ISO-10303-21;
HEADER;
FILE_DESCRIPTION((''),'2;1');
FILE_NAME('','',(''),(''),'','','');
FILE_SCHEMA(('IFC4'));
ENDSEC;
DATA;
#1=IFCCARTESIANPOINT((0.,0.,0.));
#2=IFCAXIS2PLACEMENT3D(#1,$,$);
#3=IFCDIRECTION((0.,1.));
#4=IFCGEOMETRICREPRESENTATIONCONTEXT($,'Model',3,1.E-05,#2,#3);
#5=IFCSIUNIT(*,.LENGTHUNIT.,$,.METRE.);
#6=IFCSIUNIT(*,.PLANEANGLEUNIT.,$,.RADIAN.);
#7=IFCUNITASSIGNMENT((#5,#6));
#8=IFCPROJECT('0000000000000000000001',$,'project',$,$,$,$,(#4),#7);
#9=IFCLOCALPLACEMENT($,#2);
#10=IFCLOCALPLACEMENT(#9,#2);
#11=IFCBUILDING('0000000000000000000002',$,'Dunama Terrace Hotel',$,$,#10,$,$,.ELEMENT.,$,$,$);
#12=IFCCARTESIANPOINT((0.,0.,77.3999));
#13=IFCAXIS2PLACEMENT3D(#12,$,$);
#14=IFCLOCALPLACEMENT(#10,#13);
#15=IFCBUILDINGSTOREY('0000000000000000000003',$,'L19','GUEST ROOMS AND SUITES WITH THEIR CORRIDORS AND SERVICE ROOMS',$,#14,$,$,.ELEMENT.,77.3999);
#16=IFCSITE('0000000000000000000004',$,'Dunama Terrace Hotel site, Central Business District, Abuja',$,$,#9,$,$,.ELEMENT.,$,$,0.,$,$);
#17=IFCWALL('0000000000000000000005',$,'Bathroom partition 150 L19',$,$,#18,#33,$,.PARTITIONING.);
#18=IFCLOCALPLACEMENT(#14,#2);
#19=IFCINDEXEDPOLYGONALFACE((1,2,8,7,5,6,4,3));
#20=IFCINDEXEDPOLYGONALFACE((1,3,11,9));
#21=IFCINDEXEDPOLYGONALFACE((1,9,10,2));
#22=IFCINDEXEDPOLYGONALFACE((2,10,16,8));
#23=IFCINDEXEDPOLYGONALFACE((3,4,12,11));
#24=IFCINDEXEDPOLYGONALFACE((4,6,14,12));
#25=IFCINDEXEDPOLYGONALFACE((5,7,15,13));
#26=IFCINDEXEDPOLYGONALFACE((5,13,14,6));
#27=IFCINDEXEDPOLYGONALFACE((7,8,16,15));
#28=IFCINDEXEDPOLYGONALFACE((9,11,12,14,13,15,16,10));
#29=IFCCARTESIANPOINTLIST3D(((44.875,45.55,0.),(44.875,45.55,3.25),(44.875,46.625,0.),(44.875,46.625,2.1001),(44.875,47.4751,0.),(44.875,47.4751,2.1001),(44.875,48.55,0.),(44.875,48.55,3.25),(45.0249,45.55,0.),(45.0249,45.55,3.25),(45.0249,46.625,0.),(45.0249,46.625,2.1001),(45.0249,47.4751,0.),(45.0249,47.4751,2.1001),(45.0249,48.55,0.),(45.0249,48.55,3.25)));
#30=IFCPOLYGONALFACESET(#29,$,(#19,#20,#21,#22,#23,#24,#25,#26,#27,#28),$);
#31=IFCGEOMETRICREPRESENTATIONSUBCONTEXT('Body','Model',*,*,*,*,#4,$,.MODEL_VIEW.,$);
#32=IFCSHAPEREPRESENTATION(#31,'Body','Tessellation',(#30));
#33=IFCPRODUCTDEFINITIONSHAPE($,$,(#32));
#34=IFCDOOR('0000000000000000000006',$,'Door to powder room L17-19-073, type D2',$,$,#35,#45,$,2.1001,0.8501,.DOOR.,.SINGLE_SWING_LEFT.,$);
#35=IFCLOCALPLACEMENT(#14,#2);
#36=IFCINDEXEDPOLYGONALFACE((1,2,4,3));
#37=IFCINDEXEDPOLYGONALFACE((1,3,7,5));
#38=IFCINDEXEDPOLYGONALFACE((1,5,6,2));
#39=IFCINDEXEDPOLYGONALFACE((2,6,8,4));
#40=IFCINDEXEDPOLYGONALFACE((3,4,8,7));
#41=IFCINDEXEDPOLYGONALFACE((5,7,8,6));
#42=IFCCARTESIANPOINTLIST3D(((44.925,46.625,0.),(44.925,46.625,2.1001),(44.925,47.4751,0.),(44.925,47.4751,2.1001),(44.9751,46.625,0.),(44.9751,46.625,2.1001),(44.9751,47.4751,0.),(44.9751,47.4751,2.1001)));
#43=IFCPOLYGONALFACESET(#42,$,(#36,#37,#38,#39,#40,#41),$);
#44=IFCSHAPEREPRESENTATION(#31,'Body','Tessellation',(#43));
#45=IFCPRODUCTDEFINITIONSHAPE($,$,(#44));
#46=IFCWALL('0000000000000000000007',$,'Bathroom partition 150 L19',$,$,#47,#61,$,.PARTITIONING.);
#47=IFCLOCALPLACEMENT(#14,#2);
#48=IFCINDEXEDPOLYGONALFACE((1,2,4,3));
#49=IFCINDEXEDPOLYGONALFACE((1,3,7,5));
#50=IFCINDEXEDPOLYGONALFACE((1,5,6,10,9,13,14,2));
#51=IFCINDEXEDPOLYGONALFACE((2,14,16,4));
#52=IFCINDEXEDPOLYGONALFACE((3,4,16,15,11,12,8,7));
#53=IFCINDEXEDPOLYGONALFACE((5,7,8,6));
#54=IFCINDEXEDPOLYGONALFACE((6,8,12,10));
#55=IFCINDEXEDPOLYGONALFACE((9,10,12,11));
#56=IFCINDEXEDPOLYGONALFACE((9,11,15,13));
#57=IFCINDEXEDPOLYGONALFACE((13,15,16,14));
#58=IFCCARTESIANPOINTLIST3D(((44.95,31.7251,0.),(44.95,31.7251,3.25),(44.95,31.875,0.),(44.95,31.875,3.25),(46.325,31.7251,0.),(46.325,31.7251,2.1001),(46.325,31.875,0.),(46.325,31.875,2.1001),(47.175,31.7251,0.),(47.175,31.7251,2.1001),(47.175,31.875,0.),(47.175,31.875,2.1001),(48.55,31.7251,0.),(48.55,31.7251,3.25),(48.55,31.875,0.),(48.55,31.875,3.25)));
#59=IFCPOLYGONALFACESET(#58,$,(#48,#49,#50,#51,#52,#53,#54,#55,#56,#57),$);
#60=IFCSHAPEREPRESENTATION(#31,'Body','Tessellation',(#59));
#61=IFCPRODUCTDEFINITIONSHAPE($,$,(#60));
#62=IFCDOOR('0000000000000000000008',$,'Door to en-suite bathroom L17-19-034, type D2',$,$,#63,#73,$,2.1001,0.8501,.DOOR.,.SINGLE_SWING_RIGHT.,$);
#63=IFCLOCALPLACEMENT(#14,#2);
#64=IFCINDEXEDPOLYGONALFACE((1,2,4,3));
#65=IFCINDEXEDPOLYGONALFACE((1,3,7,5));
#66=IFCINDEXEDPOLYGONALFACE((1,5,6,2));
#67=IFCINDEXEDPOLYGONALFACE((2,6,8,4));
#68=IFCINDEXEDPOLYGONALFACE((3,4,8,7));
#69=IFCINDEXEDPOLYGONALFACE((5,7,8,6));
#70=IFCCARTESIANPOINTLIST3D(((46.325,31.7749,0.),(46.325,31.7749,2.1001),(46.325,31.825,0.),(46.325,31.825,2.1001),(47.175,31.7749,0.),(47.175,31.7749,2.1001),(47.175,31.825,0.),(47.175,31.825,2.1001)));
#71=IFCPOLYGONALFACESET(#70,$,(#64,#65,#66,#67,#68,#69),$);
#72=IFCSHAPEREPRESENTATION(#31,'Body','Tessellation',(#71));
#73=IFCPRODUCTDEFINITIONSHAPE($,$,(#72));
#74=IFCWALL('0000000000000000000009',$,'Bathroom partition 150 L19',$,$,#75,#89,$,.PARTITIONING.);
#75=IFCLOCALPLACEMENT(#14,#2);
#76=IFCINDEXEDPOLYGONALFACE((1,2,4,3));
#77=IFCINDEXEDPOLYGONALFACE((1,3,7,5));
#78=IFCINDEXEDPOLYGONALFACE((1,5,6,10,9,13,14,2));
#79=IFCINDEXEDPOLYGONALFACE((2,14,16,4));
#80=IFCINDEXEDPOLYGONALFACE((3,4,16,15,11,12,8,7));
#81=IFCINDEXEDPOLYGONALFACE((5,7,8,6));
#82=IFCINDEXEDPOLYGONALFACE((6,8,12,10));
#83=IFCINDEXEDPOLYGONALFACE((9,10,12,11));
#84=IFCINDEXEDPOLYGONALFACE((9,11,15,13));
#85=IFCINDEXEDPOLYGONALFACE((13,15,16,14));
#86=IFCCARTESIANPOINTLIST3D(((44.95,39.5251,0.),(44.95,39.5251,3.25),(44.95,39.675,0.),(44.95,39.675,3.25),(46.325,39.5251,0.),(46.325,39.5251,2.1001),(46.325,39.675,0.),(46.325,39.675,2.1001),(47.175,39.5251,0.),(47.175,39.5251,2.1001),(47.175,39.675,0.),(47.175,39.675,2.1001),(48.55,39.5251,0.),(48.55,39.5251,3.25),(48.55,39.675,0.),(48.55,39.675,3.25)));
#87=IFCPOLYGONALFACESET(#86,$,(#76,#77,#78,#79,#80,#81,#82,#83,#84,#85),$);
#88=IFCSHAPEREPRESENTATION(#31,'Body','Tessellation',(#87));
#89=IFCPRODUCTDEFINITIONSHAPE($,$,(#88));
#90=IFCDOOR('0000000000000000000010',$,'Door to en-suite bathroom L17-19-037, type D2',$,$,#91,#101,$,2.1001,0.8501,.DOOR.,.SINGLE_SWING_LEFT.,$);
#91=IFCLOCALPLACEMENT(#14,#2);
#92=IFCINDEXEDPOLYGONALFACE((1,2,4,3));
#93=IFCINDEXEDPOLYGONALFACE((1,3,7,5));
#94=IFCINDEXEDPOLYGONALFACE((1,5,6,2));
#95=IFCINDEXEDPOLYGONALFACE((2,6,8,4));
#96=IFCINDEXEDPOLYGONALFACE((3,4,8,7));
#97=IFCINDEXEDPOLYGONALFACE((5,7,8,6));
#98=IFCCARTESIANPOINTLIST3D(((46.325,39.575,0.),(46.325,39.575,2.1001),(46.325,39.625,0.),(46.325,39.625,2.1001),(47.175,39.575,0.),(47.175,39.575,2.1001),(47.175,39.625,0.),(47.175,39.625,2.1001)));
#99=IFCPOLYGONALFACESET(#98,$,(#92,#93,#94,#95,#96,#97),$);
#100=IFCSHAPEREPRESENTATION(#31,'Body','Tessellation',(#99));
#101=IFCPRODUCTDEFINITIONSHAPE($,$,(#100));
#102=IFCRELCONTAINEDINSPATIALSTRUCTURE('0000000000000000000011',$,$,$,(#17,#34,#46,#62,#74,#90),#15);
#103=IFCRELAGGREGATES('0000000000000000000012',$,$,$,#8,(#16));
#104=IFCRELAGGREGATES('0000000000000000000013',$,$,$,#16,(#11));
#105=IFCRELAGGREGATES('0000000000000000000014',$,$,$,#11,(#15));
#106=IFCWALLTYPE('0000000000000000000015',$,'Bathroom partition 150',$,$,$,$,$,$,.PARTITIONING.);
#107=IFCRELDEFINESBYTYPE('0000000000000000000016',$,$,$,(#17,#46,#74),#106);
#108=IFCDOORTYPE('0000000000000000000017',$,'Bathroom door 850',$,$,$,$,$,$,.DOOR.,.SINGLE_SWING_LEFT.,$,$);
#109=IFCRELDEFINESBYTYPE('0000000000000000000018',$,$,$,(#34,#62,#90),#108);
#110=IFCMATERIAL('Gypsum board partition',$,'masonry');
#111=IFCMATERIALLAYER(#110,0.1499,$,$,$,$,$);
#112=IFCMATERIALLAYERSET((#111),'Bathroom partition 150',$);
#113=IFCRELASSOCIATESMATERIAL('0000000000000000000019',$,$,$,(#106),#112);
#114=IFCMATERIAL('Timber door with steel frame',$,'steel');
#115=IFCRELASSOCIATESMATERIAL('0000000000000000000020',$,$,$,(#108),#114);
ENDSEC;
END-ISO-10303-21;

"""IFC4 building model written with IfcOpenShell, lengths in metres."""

from ifc_helpers import new_model, si_unit, direction, frame, frame_2d, origin, place, context, subcontext, project, spatial, rectangle, extrude, material, layer, layer_set, type_object, element, fill, save


model = new_model("IFC4")

# Units and contexts
model_context = context("Model", 3, precision=1e-05, world=origin(), true_north=direction((0.0, 1.0)))
body_context = subcontext(model_context, "Body", "Model", "MODEL_VIEW")
ifc_project = project(units=[si_unit("LENGTHUNIT", "METRE"), si_unit("PLANEANGLEUNIT", "RADIAN")], contexts=[model_context])

# Site, building, storey
site_placement = place(None, origin())
site = spatial("IfcSite", under=ifc_project, at=site_placement, Name="Dunama Terrace Hotel site, Central Business District, Abuja", CompositionType="ELEMENT", RefElevation=0.0)
building_placement = place(site_placement, origin())
building = spatial("IfcBuilding", under=site, at=building_placement, Name="Dunama Terrace Hotel", CompositionType="ELEMENT")
storey_placement = place(building_placement, frame((0.0, 0.0, 77.3999)))
storey = spatial("IfcBuildingStorey", under=building, at=storey_placement, Name="L19", Description="GUEST ROOMS AND SUITES WITH THEIR CORRIDORS AND SERVICE ROOMS", CompositionType="ELEMENT", Elevation=77.3999)

# Walls, openings, doors
ifc_material_1 = material(Name="Gypsum board partition", Category="masonry")
ifc_layer_1 = layer(ifc_material_1, 0.1499)
ifc_layer_set_1 = layer_set([ifc_layer_1], Name="Bathroom partition 150")
wall_type_1 = type_object("IfcWallType", Name="Bathroom partition 150", PredefinedType="PARTITIONING", material=ifc_layer_set_1)
wall_1_placement = place(storey_placement, frame((44.95, 45.55, 0.0), z_axis=(0.0, 0.0, 1.0), x_axis=(0.0, 1.0, 0.0)))
wall_1 = element("IfcWall", 1, at=wall_1_placement, inside=storey, type_object=wall_type_1, Name="Bathroom partition 150 L19", PredefinedType="PARTITIONING", context=body_context, shape_type="SweptSolid", body=[
    extrude(rectangle(XDim=3.0, YDim=0.1499, at=frame_2d((1.5, 0.0))), origin(), (0.0, 0.0, 1.0), 3.25),
])
opening_1_placement = place(wall_1_placement, frame((1.075, 0.0, 0.0)))
opening_1 = element("IfcOpeningElement", 2, at=opening_1_placement, cuts=wall_1, PredefinedType="OPENING", context=body_context, shape_type="SweptSolid", body=[
    extrude(rectangle(XDim=0.8501, YDim=2.1001, at=frame_2d((0.425, 1.05))), frame((0.0, 0.085, 0.0), z_axis=(0.0, -1.0, 0.0), x_axis=(1.0, 0.0, 0.0)), (0.0, 0.0, 1.0), 0.1699),
])
ifc_material_2 = material(Name="Timber door with steel frame", Category="steel")
door_type_1 = type_object("IfcDoorType", Name="Bathroom door 850", OperationType="SINGLE_SWING_LEFT", PredefinedType="DOOR", material=ifc_material_2)
door_1_placement = place(opening_1_placement, origin())
door_1 = element("IfcDoor", 3, at=door_1_placement, inside=storey, type_object=door_type_1, Name="Door to powder room L17-19-073, type D2", OperationType="SINGLE_SWING_LEFT", OverallHeight=2.1001, OverallWidth=0.8501, PredefinedType="DOOR", context=body_context, shape_type="SweptSolid", body=[
    extrude(rectangle(XDim=0.8501, YDim=2.1001, at=frame_2d((0.425, 1.05))), frame((0.0, 0.0249, 0.0), z_axis=(0.0, -1.0, 0.0), x_axis=(1.0, 0.0, 0.0)), (0.0, 0.0, 1.0), 0.05),
])
fill(opening_1, door_1)
wall_2_placement = place(storey_placement, frame((44.95, 31.8, 0.0), z_axis=(0.0, 0.0, 1.0), x_axis=(1.0, 0.0, 0.0)))
wall_2 = element("IfcWall", 4, at=wall_2_placement, inside=storey, type_object=wall_type_1, Name="Bathroom partition 150 L19", PredefinedType="PARTITIONING", context=body_context, shape_type="SweptSolid", body=[
    extrude(rectangle(XDim=3.6001, YDim=0.1499, at=frame_2d((1.8, 0.0))), origin(), (0.0, 0.0, 1.0), 3.25),
])
opening_2_placement = place(wall_2_placement, frame((1.375, 0.0, 0.0)))
opening_2 = element("IfcOpeningElement", 5, at=opening_2_placement, cuts=wall_2, PredefinedType="OPENING", context=body_context, shape_type="SweptSolid", body=[
    extrude(rectangle(XDim=0.8501, YDim=2.1001, at=frame_2d((0.425, 1.05))), frame((0.0, 0.085, 0.0), z_axis=(0.0, -1.0, 0.0), x_axis=(1.0, 0.0, 0.0)), (0.0, 0.0, 1.0), 0.1699),
])
door_2_placement = place(opening_2_placement, frame((0.8501, 0.0, 0.0), z_axis=(0.0, 0.0, 1.0), x_axis=(-1.0, 0.0, 0.0)))
door_2 = element("IfcDoor", 6, at=door_2_placement, inside=storey, type_object=door_type_1, Name="Door to en-suite bathroom L17-19-034, type D2", OperationType="SINGLE_SWING_RIGHT", OverallHeight=2.1001, OverallWidth=0.8501, PredefinedType="DOOR", context=body_context, shape_type="SweptSolid", body=[
    extrude(rectangle(XDim=0.8501, YDim=2.1001, at=frame_2d((0.425, 1.05))), frame((0.0, 0.0251, 0.0), z_axis=(0.0, -1.0, 0.0), x_axis=(1.0, 0.0, 0.0)), (0.0, 0.0, 1.0), 0.05),
])
fill(opening_2, door_2)
wall_3_placement = place(storey_placement, frame((44.95, 39.6001, 0.0), z_axis=(0.0, 0.0, 1.0), x_axis=(1.0, 0.0, 0.0)))
wall_3 = element("IfcWall", 7, at=wall_3_placement, inside=storey, type_object=wall_type_1, Name="Bathroom partition 150 L19", PredefinedType="PARTITIONING", context=body_context, shape_type="SweptSolid", body=[
    extrude(rectangle(XDim=3.6001, YDim=0.1499, at=frame_2d((1.8, 0.0))), origin(), (0.0, 0.0, 1.0), 3.25),
])
opening_3_placement = place(wall_3_placement, frame((1.375, 0.0, 0.0)))
opening_3 = element("IfcOpeningElement", 8, at=opening_3_placement, cuts=wall_3, PredefinedType="OPENING", context=body_context, shape_type="SweptSolid", body=[
    extrude(rectangle(XDim=0.8501, YDim=2.1001, at=frame_2d((0.425, 1.05))), frame((0.0, 0.085, 0.0), z_axis=(0.0, -1.0, 0.0), x_axis=(1.0, 0.0, 0.0)), (0.0, 0.0, 1.0), 0.1699),
])
door_3_placement = place(opening_3_placement, origin())
door_3 = element("IfcDoor", 9, at=door_3_placement, inside=storey, type_object=door_type_1, Name="Door to en-suite bathroom L17-19-037, type D2", OperationType="SINGLE_SWING_LEFT", OverallHeight=2.1001, OverallWidth=0.8501, PredefinedType="DOOR", context=body_context, shape_type="SweptSolid", body=[
    extrude(rectangle(XDim=0.8501, YDim=2.1001, at=frame_2d((0.425, 1.05))), frame((0.0, 0.0249, 0.0), z_axis=(0.0, -1.0, 0.0), x_axis=(1.0, 0.0, 0.0)), (0.0, 0.0, 1.0), 0.05),
])
fill(opening_3, door_3)

save(model, "model.ifc")
